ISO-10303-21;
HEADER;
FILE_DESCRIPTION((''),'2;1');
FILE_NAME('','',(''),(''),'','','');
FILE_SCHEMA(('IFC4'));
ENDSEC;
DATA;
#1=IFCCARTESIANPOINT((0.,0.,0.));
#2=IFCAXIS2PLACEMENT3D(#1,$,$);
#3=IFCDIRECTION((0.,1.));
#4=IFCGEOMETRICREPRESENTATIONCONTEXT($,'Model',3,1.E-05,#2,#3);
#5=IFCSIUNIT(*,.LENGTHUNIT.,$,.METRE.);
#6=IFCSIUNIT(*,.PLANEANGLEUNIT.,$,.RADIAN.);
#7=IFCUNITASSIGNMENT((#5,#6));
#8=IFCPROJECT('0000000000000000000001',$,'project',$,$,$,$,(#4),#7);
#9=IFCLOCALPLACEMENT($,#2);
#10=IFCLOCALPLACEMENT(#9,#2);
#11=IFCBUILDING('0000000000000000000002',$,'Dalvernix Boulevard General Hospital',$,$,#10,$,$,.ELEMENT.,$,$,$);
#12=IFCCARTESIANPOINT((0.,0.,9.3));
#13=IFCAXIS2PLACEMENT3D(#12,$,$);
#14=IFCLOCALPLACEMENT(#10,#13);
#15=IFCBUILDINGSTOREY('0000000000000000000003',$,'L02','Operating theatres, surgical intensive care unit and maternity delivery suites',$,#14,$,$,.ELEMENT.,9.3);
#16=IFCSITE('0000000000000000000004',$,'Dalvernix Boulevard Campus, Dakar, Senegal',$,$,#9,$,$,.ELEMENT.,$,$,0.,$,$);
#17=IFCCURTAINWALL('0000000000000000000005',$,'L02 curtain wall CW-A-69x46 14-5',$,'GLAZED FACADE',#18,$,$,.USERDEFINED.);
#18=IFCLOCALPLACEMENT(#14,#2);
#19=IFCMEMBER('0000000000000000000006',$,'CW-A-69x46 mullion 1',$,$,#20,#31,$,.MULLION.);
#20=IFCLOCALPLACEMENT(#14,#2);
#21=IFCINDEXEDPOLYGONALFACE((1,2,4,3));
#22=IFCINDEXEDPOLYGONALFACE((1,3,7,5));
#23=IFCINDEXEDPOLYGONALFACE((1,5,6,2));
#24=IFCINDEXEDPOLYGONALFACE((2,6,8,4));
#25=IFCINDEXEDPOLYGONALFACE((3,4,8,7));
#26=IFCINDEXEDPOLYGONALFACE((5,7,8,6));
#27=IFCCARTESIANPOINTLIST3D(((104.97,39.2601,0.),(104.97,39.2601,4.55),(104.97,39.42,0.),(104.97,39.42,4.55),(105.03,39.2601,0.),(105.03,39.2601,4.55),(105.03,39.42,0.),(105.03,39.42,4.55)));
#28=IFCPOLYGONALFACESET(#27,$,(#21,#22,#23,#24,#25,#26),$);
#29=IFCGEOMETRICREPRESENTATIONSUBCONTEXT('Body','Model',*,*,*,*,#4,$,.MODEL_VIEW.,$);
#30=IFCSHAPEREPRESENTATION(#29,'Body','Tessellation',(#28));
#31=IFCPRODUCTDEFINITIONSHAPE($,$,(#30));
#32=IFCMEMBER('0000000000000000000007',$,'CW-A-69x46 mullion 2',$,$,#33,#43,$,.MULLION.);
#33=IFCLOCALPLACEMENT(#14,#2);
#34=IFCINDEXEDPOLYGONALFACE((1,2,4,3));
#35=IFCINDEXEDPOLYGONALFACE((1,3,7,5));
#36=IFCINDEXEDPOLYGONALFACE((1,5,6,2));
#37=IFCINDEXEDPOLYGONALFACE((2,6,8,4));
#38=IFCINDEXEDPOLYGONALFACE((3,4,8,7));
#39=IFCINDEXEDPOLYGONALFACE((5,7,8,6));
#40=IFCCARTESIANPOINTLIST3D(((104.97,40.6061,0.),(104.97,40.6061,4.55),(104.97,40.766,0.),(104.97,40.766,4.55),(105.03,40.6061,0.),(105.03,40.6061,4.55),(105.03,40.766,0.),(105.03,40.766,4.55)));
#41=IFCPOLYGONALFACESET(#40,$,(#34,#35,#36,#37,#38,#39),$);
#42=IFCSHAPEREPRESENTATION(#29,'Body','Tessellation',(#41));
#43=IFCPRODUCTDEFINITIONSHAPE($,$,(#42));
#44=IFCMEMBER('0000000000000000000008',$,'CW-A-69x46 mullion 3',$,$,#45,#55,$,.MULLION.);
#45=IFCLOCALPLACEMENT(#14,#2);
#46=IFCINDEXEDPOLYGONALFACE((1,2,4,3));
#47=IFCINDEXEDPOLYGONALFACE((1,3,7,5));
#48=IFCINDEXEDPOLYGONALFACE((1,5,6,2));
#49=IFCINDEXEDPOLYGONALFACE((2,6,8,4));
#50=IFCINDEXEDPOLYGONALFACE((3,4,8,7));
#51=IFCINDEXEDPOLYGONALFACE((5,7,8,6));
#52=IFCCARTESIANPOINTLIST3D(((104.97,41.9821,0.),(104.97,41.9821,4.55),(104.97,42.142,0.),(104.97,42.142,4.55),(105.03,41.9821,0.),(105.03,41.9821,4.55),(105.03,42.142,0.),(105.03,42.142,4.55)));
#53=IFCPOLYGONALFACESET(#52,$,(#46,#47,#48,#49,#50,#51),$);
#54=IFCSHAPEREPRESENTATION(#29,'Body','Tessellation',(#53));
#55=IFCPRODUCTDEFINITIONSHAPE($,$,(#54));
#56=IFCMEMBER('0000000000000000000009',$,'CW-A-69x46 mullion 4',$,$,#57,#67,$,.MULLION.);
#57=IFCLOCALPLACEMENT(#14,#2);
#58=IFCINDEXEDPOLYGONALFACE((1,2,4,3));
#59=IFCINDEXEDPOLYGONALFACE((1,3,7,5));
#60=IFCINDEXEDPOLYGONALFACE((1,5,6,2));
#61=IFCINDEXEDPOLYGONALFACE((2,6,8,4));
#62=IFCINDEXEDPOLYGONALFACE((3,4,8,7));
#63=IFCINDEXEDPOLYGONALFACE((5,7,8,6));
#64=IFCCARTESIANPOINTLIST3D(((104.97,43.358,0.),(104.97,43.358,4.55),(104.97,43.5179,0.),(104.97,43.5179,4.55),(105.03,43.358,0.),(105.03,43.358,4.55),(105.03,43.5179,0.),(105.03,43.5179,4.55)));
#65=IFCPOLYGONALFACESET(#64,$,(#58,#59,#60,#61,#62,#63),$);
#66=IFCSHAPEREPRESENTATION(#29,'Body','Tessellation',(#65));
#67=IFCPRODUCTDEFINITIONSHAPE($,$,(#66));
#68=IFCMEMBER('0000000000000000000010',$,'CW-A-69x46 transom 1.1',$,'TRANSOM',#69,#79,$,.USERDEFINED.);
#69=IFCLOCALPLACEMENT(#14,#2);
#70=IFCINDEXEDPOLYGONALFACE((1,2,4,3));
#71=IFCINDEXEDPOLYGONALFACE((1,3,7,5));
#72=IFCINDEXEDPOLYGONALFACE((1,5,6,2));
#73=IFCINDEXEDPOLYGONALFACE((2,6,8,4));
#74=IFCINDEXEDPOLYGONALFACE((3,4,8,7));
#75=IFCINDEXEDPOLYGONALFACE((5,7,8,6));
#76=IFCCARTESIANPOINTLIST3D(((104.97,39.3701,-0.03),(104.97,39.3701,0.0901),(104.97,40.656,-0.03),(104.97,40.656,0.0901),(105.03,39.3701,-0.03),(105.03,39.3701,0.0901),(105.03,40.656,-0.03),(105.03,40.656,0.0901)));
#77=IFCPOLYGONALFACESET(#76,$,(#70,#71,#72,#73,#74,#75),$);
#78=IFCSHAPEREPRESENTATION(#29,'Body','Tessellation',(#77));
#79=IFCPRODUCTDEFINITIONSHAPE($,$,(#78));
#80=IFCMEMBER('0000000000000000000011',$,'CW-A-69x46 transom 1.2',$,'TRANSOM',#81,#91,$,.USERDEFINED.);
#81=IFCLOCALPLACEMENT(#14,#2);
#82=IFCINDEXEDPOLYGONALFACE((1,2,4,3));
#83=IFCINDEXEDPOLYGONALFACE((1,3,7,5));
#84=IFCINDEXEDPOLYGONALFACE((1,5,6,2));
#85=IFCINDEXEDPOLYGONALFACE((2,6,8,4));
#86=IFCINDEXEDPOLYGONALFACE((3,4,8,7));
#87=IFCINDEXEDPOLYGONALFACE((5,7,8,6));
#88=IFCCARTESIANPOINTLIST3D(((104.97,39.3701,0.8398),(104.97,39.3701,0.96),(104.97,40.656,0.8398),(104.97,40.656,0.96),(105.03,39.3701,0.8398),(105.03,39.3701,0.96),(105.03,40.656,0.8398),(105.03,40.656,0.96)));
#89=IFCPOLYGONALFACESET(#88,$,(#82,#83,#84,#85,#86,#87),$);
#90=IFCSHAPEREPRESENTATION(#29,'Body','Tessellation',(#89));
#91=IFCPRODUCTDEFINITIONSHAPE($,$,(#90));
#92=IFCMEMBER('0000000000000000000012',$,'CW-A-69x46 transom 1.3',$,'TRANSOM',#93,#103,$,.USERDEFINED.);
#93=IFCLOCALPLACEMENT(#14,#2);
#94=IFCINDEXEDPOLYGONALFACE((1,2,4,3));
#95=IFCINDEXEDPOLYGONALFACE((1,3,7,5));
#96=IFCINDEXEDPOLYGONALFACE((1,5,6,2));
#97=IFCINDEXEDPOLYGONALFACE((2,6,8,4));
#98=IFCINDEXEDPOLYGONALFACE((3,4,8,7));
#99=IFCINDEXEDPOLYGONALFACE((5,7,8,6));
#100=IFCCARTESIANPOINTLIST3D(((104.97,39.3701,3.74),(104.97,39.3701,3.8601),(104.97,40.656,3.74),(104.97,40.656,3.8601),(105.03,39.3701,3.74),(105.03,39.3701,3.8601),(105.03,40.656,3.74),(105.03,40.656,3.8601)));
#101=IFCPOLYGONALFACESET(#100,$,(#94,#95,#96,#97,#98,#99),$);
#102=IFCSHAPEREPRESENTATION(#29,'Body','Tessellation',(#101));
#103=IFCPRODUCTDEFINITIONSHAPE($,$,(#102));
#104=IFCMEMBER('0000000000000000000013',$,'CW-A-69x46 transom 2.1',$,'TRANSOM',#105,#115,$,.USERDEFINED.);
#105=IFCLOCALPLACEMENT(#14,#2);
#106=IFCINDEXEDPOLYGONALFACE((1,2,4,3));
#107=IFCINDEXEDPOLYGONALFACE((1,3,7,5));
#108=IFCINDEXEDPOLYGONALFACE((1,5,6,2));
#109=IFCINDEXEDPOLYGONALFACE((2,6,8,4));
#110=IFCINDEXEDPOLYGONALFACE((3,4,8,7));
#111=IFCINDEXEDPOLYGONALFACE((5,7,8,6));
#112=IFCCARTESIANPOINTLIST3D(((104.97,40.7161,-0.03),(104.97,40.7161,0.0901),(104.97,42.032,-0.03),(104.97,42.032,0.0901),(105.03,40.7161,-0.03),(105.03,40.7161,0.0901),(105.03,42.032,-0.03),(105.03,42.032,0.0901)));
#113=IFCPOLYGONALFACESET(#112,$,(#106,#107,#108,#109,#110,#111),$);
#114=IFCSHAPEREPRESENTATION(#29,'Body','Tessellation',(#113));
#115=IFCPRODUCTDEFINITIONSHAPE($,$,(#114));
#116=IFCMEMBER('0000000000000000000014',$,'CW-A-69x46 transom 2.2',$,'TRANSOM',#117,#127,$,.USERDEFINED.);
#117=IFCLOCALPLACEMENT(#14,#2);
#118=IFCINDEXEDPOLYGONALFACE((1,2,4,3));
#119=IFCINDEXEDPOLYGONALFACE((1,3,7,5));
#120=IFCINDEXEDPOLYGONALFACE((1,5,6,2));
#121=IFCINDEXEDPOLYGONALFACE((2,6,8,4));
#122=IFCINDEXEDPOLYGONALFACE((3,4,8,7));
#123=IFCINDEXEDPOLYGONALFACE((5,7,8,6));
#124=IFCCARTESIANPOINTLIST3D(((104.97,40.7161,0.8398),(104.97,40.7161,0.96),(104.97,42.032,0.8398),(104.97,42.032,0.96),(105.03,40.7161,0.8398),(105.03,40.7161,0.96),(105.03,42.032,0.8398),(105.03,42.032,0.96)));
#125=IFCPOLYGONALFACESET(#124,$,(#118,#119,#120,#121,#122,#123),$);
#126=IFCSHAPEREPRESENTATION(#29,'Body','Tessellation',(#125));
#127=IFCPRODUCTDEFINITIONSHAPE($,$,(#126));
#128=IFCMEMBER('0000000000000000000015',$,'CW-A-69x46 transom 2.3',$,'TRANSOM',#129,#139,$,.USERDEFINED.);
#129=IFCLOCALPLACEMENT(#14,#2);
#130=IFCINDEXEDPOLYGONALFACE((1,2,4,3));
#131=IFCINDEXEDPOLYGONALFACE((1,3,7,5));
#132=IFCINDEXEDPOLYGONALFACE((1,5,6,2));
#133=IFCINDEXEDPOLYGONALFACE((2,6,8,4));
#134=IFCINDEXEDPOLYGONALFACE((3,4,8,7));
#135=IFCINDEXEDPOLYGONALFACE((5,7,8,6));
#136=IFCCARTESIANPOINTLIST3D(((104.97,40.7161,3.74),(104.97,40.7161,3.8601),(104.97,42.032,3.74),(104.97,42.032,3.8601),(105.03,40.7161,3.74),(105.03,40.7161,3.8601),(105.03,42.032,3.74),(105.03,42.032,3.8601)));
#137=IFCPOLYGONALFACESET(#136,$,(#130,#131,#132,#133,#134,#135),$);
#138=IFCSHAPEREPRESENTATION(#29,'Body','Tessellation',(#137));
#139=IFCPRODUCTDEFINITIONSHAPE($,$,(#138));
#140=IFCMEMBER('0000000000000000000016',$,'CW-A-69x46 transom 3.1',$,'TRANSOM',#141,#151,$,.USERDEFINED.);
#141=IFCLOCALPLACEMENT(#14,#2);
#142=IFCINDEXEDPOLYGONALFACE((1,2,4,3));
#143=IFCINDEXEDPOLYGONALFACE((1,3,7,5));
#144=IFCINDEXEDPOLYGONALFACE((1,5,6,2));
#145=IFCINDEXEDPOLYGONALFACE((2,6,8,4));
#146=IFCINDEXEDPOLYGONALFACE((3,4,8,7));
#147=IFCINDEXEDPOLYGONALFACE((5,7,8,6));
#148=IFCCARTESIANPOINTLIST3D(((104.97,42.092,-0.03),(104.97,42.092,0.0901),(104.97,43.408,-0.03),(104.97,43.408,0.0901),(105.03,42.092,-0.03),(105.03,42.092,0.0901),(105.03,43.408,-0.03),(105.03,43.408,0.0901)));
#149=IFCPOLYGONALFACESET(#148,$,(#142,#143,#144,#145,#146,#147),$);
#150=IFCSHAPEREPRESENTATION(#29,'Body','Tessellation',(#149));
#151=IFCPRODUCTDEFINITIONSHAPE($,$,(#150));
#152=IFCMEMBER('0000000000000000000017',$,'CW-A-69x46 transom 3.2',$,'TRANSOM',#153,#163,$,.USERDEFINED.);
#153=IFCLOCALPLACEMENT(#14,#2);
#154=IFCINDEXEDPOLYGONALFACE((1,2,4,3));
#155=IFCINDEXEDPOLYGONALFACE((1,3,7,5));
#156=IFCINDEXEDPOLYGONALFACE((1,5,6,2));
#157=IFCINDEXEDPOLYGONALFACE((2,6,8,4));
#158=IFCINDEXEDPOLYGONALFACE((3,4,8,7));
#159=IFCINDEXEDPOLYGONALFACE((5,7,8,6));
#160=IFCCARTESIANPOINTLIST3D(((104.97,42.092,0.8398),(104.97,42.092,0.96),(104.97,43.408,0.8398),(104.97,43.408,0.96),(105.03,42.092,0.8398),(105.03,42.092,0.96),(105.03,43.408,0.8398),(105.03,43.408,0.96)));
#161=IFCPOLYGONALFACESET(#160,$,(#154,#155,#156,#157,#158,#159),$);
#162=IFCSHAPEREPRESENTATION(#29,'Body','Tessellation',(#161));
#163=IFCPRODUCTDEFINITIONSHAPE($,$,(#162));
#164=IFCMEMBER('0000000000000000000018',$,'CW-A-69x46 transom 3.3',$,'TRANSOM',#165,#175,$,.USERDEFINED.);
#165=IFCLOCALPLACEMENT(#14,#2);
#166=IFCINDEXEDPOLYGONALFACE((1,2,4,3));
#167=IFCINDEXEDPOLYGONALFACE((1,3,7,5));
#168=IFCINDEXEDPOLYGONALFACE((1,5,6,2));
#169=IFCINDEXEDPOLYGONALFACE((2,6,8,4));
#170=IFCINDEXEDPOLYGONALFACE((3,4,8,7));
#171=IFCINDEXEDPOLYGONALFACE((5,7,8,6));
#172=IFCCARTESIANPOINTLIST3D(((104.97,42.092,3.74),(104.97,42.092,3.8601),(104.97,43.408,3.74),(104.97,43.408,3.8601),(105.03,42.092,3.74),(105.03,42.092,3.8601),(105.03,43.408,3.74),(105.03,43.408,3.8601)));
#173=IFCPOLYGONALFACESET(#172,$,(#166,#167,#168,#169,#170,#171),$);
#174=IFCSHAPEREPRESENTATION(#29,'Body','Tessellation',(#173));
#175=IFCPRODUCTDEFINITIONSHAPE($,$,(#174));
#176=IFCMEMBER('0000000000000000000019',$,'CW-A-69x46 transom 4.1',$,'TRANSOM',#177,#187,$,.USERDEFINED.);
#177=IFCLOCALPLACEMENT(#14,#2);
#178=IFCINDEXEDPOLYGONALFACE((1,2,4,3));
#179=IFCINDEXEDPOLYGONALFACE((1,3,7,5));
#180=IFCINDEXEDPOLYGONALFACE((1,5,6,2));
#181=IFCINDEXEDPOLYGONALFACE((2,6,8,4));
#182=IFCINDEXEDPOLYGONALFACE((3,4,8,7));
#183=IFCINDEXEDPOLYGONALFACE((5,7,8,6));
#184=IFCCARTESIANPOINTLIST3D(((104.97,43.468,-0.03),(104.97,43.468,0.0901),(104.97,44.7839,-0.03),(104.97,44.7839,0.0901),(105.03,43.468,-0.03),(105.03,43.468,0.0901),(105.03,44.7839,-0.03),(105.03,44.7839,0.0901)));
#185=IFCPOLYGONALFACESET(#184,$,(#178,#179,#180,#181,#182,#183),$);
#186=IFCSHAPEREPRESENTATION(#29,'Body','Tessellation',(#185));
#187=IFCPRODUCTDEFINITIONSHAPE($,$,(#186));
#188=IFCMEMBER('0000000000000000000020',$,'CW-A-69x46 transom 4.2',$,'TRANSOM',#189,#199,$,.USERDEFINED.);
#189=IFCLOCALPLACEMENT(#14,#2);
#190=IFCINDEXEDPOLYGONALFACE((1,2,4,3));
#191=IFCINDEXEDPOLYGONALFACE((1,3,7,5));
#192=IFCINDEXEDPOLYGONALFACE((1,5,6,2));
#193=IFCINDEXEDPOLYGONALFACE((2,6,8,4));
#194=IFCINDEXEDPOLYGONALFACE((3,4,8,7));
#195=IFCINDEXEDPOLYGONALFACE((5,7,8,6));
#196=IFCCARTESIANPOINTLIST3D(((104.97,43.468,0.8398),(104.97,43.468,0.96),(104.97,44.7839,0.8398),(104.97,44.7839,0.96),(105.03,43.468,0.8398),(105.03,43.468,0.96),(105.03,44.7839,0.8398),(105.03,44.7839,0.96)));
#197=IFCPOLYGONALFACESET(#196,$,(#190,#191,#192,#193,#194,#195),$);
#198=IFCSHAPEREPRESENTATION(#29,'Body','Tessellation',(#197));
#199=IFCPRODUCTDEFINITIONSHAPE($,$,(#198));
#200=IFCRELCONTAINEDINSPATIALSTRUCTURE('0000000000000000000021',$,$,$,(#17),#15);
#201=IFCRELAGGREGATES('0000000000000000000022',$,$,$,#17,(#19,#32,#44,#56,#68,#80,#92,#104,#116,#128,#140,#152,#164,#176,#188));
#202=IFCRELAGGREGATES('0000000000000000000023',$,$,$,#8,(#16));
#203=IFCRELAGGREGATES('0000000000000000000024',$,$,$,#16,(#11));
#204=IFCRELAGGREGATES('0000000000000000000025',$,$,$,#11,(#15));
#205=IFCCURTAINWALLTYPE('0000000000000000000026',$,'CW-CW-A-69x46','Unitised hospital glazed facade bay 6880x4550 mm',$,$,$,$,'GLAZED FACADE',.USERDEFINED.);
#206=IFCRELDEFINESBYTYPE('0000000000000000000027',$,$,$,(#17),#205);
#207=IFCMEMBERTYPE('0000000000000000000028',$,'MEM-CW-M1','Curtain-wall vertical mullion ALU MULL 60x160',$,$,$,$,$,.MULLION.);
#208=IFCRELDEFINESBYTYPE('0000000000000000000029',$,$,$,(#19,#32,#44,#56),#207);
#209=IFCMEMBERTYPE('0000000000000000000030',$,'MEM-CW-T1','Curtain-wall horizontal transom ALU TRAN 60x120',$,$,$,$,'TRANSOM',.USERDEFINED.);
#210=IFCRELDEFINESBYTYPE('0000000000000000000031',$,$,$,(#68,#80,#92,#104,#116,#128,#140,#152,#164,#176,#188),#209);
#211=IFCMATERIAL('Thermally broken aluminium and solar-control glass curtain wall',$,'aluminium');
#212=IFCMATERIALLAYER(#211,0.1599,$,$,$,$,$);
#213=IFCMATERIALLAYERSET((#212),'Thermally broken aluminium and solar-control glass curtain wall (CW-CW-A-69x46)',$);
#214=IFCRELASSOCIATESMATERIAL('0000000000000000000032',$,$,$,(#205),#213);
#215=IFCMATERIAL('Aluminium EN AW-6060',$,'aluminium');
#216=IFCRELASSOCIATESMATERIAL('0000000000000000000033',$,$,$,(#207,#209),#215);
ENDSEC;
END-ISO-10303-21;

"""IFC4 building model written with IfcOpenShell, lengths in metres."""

from ifc_helpers import new_model, si_unit, direction, frame, origin, origin_2d, place, context, subcontext, project, spatial, rectangle, extrude, material, layer, layer_set, material_profile, profile_set, type_object, element, aggregate, save


model = new_model("IFC4")

# Units and contexts
model_context = context("Model", 3, precision=1e-05, world=origin(), true_north=direction((0.0, 1.0)))
body_context = subcontext(model_context, "Body", "Model", "MODEL_VIEW")
ifc_project = project(units=[si_unit("LENGTHUNIT", "METRE"), si_unit("PLANEANGLEUNIT", "RADIAN")], contexts=[model_context])

# Site, building, storey
site_placement = place(None, origin())
site = spatial("IfcSite", under=ifc_project, at=site_placement, Name="Dalvernix Boulevard Campus, Dakar, Senegal", CompositionType="ELEMENT", RefElevation=0.0)
building_placement = place(site_placement, origin())
building = spatial("IfcBuilding", under=site, at=building_placement, Name="Dalvernix Boulevard General Hospital", CompositionType="ELEMENT")
storey_placement = place(building_placement, frame((0.0, 0.0, 9.3)))
storey = spatial("IfcBuildingStorey", under=building, at=storey_placement, Name="L02", Description="Operating theatres, surgical intensive care unit and maternity delivery suites", CompositionType="ELEMENT", Elevation=9.3)

# Curtain wall, members
ifc_material_1 = material(Name="Thermally broken aluminium and solar-control glass curtain wall", Category="aluminium")
ifc_layer_1 = layer(ifc_material_1, 0.1599)
ifc_layer_set_1 = layer_set([ifc_layer_1], Name="Thermally broken aluminium and solar-control glass curtain wall (CW-CW-A-69x46)")
curtain_wall_type = type_object("IfcCurtainWallType", Name="CW-CW-A-69x46", Description="Unitised hospital glazed facade bay 6880x4550 mm", ElementType="GLAZED FACADE", PredefinedType="USERDEFINED", material=ifc_layer_set_1)
curtain_wall_placement = place(storey_placement, origin())
curtain_wall = element("IfcCurtainWall", 1, at=curtain_wall_placement, inside=storey, type_object=curtain_wall_type, Name="L02 curtain wall CW-A-69x46 14-5", ObjectType="GLAZED FACADE", PredefinedType="USERDEFINED")
ifc_material_2 = material(Name="Aluminium EN AW-6060", Category="aluminium")
ifc_material_profile_1 = material_profile(ifc_material_2, rectangle(XDim=0.0601, YDim=0.1599, at=origin_2d()), Name="ALU MULL 60x160")
ifc_profile_set_1 = profile_set([ifc_material_profile_1], Name="Aluminium EN AW-6060")
member_type_1 = type_object("IfcMemberType", Name="MEM-CW-M1", Description="Curtain-wall vertical mullion ALU MULL 60x160", PredefinedType="MULLION", material=ifc_profile_set_1)
member_1_placement = place(storey_placement, frame((105.0, 39.3401, 0.0), z_axis=(0.0, 0.0, 1.0), x_axis=(-1.0, 0.0, 0.0)))
member_1 = element("IfcMember", 2, at=member_1_placement, type_object=member_type_1, Name="CW-A-69x46 mullion 1", PredefinedType="MULLION", context=body_context, shape_type="SweptSolid", body=[
    extrude(rectangle(XDim=0.0601, YDim=0.1599, at=origin_2d()), origin(), (0.0, 0.0, 1.0), 4.55),
])
member_2_placement = place(storey_placement, frame((105.0, 40.686, 0.0), z_axis=(0.0, 0.0, 1.0), x_axis=(-1.0, 0.0, 0.0)))
member_2 = element("IfcMember", 3, at=member_2_placement, type_object=member_type_1, Name="CW-A-69x46 mullion 2", PredefinedType="MULLION", context=body_context, shape_type="SweptSolid", body=[
    extrude(rectangle(XDim=0.0601, YDim=0.1599, at=origin_2d()), origin(), (0.0, 0.0, 1.0), 4.55),
])
member_3_placement = place(storey_placement, frame((105.0, 42.062, 0.0), z_axis=(0.0, 0.0, 1.0), x_axis=(-1.0, 0.0, 0.0)))
member_3 = element("IfcMember", 4, at=member_3_placement, type_object=member_type_1, Name="CW-A-69x46 mullion 3", PredefinedType="MULLION", context=body_context, shape_type="SweptSolid", body=[
    extrude(rectangle(XDim=0.0601, YDim=0.1599, at=origin_2d()), origin(), (0.0, 0.0, 1.0), 4.55),
])
member_4_placement = place(storey_placement, frame((105.0, 43.438, 0.0), z_axis=(0.0, 0.0, 1.0), x_axis=(-1.0, 0.0, 0.0)))
member_4 = element("IfcMember", 5, at=member_4_placement, type_object=member_type_1, Name="CW-A-69x46 mullion 4", PredefinedType="MULLION", context=body_context, shape_type="SweptSolid", body=[
    extrude(rectangle(XDim=0.0601, YDim=0.1599, at=origin_2d()), origin(), (0.0, 0.0, 1.0), 4.55),
])
ifc_material_profile_2 = material_profile(ifc_material_2, rectangle(XDim=0.0601, YDim=0.1201, at=origin_2d()), Name="ALU TRAN 60x120")
ifc_profile_set_2 = profile_set([ifc_material_profile_2], Name="Aluminium EN AW-6060")
member_type_2 = type_object("IfcMemberType", Name="MEM-CW-T1", Description="Curtain-wall horizontal transom ALU TRAN 60x120", ElementType="TRANSOM", PredefinedType="USERDEFINED", material=ifc_profile_set_2)
member_5_placement = place(storey_placement, frame((105.0, 39.3701, 0.03), z_axis=(0.0, 1.0, 0.0), x_axis=(-1.0, 0.0, 0.0)))
member_5 = element("IfcMember", 6, at=member_5_placement, type_object=member_type_2, Name="CW-A-69x46 transom 1.1", ObjectType="TRANSOM", PredefinedType="USERDEFINED", context=body_context, shape_type="SweptSolid", body=[
    extrude(rectangle(XDim=0.0601, YDim=0.1201, at=origin_2d()), origin(), (0.0, 0.0, 1.0), 1.2859),
])
member_6_placement = place(storey_placement, frame((105.0, 39.3701, 0.8999), z_axis=(0.0, 1.0, 0.0), x_axis=(-1.0, 0.0, 0.0)))
member_6 = element("IfcMember", 7, at=member_6_placement, type_object=member_type_2, Name="CW-A-69x46 transom 1.2", ObjectType="TRANSOM", PredefinedType="USERDEFINED", context=body_context, shape_type="SweptSolid", body=[
    extrude(rectangle(XDim=0.0601, YDim=0.1201, at=origin_2d()), origin(), (0.0, 0.0, 1.0), 1.2859),
])
member_7_placement = place(storey_placement, frame((105.0, 39.3701, 3.8), z_axis=(0.0, 1.0, 0.0), x_axis=(-1.0, 0.0, 0.0)))
member_7 = element("IfcMember", 8, at=member_7_placement, type_object=member_type_2, Name="CW-A-69x46 transom 1.3", ObjectType="TRANSOM", PredefinedType="USERDEFINED", context=body_context, shape_type="SweptSolid", body=[
    extrude(rectangle(XDim=0.0601, YDim=0.1201, at=origin_2d()), origin(), (0.0, 0.0, 1.0), 1.2859),
])
member_8_placement = place(storey_placement, frame((105.0, 40.7161, 0.03), z_axis=(0.0, 1.0, 0.0), x_axis=(-1.0, 0.0, 0.0)))
member_8 = element("IfcMember", 9, at=member_8_placement, type_object=member_type_2, Name="CW-A-69x46 transom 2.1", ObjectType="TRANSOM", PredefinedType="USERDEFINED", context=body_context, shape_type="SweptSolid", body=[
    extrude(rectangle(XDim=0.0601, YDim=0.1201, at=origin_2d()), origin(), (0.0, 0.0, 1.0), 1.3159),
])
member_9_placement = place(storey_placement, frame((105.0, 40.7161, 0.8999), z_axis=(0.0, 1.0, 0.0), x_axis=(-1.0, 0.0, 0.0)))
member_9 = element("IfcMember", 10, at=member_9_placement, type_object=member_type_2, Name="CW-A-69x46 transom 2.2", ObjectType="TRANSOM", PredefinedType="USERDEFINED", context=body_context, shape_type="SweptSolid", body=[
    extrude(rectangle(XDim=0.0601, YDim=0.1201, at=origin_2d()), origin(), (0.0, 0.0, 1.0), 1.3159),
])
member_10_placement = place(storey_placement, frame((105.0, 40.7161, 3.8), z_axis=(0.0, 1.0, 0.0), x_axis=(-1.0, 0.0, 0.0)))
member_10 = element("IfcMember", 11, at=member_10_placement, type_object=member_type_2, Name="CW-A-69x46 transom 2.3", ObjectType="TRANSOM", PredefinedType="USERDEFINED", context=body_context, shape_type="SweptSolid", body=[
    extrude(rectangle(XDim=0.0601, YDim=0.1201, at=origin_2d()), origin(), (0.0, 0.0, 1.0), 1.3159),
])
member_11_placement = place(storey_placement, frame((105.0, 42.092, 0.03), z_axis=(0.0, 1.0, 0.0), x_axis=(-1.0, 0.0, 0.0)))
member_11 = element("IfcMember", 12, at=member_11_placement, type_object=member_type_2, Name="CW-A-69x46 transom 3.1", ObjectType="TRANSOM", PredefinedType="USERDEFINED", context=body_context, shape_type="SweptSolid", body=[
    extrude(rectangle(XDim=0.0601, YDim=0.1201, at=origin_2d()), origin(), (0.0, 0.0, 1.0), 1.3159),
])
member_12_placement = place(storey_placement, frame((105.0, 42.092, 0.8999), z_axis=(0.0, 1.0, 0.0), x_axis=(-1.0, 0.0, 0.0)))
member_12 = element("IfcMember", 13, at=member_12_placement, type_object=member_type_2, Name="CW-A-69x46 transom 3.2", ObjectType="TRANSOM", PredefinedType="USERDEFINED", context=body_context, shape_type="SweptSolid", body=[
    extrude(rectangle(XDim=0.0601, YDim=0.1201, at=origin_2d()), origin(), (0.0, 0.0, 1.0), 1.3159),
])
member_13_placement = place(storey_placement, frame((105.0, 42.092, 3.8), z_axis=(0.0, 1.0, 0.0), x_axis=(-1.0, 0.0, 0.0)))
member_13 = element("IfcMember", 14, at=member_13_placement, type_object=member_type_2, Name="CW-A-69x46 transom 3.3", ObjectType="TRANSOM", PredefinedType="USERDEFINED", context=body_context, shape_type="SweptSolid", body=[
    extrude(rectangle(XDim=0.0601, YDim=0.1201, at=origin_2d()), origin(), (0.0, 0.0, 1.0), 1.3159),
])
member_14_placement = place(storey_placement, frame((105.0, 43.468, 0.03), z_axis=(0.0, 1.0, 0.0), x_axis=(-1.0, 0.0, 0.0)))
member_14 = element("IfcMember", 15, at=member_14_placement, type_object=member_type_2, Name="CW-A-69x46 transom 4.1", ObjectType="TRANSOM", PredefinedType="USERDEFINED", context=body_context, shape_type="SweptSolid", body=[
    extrude(rectangle(XDim=0.0601, YDim=0.1201, at=origin_2d()), origin(), (0.0, 0.0, 1.0), 1.3159),
])
member_15_placement = place(storey_placement, frame((105.0, 43.468, 0.8999), z_axis=(0.0, 1.0, 0.0), x_axis=(-1.0, 0.0, 0.0)))
member_15 = element("IfcMember", 16, at=member_15_placement, type_object=member_type_2, Name="CW-A-69x46 transom 4.2", ObjectType="TRANSOM", PredefinedType="USERDEFINED", context=body_context, shape_type="SweptSolid", body=[
    extrude(rectangle(XDim=0.0601, YDim=0.1201, at=origin_2d()), origin(), (0.0, 0.0, 1.0), 1.3159),
])
aggregate(curtain_wall, [member_1, member_2, member_3, member_4, member_5, member_6, member_7, member_8, member_9, member_10, member_11, member_12, member_13, member_14, member_15])

save(model, "model.ifc")
